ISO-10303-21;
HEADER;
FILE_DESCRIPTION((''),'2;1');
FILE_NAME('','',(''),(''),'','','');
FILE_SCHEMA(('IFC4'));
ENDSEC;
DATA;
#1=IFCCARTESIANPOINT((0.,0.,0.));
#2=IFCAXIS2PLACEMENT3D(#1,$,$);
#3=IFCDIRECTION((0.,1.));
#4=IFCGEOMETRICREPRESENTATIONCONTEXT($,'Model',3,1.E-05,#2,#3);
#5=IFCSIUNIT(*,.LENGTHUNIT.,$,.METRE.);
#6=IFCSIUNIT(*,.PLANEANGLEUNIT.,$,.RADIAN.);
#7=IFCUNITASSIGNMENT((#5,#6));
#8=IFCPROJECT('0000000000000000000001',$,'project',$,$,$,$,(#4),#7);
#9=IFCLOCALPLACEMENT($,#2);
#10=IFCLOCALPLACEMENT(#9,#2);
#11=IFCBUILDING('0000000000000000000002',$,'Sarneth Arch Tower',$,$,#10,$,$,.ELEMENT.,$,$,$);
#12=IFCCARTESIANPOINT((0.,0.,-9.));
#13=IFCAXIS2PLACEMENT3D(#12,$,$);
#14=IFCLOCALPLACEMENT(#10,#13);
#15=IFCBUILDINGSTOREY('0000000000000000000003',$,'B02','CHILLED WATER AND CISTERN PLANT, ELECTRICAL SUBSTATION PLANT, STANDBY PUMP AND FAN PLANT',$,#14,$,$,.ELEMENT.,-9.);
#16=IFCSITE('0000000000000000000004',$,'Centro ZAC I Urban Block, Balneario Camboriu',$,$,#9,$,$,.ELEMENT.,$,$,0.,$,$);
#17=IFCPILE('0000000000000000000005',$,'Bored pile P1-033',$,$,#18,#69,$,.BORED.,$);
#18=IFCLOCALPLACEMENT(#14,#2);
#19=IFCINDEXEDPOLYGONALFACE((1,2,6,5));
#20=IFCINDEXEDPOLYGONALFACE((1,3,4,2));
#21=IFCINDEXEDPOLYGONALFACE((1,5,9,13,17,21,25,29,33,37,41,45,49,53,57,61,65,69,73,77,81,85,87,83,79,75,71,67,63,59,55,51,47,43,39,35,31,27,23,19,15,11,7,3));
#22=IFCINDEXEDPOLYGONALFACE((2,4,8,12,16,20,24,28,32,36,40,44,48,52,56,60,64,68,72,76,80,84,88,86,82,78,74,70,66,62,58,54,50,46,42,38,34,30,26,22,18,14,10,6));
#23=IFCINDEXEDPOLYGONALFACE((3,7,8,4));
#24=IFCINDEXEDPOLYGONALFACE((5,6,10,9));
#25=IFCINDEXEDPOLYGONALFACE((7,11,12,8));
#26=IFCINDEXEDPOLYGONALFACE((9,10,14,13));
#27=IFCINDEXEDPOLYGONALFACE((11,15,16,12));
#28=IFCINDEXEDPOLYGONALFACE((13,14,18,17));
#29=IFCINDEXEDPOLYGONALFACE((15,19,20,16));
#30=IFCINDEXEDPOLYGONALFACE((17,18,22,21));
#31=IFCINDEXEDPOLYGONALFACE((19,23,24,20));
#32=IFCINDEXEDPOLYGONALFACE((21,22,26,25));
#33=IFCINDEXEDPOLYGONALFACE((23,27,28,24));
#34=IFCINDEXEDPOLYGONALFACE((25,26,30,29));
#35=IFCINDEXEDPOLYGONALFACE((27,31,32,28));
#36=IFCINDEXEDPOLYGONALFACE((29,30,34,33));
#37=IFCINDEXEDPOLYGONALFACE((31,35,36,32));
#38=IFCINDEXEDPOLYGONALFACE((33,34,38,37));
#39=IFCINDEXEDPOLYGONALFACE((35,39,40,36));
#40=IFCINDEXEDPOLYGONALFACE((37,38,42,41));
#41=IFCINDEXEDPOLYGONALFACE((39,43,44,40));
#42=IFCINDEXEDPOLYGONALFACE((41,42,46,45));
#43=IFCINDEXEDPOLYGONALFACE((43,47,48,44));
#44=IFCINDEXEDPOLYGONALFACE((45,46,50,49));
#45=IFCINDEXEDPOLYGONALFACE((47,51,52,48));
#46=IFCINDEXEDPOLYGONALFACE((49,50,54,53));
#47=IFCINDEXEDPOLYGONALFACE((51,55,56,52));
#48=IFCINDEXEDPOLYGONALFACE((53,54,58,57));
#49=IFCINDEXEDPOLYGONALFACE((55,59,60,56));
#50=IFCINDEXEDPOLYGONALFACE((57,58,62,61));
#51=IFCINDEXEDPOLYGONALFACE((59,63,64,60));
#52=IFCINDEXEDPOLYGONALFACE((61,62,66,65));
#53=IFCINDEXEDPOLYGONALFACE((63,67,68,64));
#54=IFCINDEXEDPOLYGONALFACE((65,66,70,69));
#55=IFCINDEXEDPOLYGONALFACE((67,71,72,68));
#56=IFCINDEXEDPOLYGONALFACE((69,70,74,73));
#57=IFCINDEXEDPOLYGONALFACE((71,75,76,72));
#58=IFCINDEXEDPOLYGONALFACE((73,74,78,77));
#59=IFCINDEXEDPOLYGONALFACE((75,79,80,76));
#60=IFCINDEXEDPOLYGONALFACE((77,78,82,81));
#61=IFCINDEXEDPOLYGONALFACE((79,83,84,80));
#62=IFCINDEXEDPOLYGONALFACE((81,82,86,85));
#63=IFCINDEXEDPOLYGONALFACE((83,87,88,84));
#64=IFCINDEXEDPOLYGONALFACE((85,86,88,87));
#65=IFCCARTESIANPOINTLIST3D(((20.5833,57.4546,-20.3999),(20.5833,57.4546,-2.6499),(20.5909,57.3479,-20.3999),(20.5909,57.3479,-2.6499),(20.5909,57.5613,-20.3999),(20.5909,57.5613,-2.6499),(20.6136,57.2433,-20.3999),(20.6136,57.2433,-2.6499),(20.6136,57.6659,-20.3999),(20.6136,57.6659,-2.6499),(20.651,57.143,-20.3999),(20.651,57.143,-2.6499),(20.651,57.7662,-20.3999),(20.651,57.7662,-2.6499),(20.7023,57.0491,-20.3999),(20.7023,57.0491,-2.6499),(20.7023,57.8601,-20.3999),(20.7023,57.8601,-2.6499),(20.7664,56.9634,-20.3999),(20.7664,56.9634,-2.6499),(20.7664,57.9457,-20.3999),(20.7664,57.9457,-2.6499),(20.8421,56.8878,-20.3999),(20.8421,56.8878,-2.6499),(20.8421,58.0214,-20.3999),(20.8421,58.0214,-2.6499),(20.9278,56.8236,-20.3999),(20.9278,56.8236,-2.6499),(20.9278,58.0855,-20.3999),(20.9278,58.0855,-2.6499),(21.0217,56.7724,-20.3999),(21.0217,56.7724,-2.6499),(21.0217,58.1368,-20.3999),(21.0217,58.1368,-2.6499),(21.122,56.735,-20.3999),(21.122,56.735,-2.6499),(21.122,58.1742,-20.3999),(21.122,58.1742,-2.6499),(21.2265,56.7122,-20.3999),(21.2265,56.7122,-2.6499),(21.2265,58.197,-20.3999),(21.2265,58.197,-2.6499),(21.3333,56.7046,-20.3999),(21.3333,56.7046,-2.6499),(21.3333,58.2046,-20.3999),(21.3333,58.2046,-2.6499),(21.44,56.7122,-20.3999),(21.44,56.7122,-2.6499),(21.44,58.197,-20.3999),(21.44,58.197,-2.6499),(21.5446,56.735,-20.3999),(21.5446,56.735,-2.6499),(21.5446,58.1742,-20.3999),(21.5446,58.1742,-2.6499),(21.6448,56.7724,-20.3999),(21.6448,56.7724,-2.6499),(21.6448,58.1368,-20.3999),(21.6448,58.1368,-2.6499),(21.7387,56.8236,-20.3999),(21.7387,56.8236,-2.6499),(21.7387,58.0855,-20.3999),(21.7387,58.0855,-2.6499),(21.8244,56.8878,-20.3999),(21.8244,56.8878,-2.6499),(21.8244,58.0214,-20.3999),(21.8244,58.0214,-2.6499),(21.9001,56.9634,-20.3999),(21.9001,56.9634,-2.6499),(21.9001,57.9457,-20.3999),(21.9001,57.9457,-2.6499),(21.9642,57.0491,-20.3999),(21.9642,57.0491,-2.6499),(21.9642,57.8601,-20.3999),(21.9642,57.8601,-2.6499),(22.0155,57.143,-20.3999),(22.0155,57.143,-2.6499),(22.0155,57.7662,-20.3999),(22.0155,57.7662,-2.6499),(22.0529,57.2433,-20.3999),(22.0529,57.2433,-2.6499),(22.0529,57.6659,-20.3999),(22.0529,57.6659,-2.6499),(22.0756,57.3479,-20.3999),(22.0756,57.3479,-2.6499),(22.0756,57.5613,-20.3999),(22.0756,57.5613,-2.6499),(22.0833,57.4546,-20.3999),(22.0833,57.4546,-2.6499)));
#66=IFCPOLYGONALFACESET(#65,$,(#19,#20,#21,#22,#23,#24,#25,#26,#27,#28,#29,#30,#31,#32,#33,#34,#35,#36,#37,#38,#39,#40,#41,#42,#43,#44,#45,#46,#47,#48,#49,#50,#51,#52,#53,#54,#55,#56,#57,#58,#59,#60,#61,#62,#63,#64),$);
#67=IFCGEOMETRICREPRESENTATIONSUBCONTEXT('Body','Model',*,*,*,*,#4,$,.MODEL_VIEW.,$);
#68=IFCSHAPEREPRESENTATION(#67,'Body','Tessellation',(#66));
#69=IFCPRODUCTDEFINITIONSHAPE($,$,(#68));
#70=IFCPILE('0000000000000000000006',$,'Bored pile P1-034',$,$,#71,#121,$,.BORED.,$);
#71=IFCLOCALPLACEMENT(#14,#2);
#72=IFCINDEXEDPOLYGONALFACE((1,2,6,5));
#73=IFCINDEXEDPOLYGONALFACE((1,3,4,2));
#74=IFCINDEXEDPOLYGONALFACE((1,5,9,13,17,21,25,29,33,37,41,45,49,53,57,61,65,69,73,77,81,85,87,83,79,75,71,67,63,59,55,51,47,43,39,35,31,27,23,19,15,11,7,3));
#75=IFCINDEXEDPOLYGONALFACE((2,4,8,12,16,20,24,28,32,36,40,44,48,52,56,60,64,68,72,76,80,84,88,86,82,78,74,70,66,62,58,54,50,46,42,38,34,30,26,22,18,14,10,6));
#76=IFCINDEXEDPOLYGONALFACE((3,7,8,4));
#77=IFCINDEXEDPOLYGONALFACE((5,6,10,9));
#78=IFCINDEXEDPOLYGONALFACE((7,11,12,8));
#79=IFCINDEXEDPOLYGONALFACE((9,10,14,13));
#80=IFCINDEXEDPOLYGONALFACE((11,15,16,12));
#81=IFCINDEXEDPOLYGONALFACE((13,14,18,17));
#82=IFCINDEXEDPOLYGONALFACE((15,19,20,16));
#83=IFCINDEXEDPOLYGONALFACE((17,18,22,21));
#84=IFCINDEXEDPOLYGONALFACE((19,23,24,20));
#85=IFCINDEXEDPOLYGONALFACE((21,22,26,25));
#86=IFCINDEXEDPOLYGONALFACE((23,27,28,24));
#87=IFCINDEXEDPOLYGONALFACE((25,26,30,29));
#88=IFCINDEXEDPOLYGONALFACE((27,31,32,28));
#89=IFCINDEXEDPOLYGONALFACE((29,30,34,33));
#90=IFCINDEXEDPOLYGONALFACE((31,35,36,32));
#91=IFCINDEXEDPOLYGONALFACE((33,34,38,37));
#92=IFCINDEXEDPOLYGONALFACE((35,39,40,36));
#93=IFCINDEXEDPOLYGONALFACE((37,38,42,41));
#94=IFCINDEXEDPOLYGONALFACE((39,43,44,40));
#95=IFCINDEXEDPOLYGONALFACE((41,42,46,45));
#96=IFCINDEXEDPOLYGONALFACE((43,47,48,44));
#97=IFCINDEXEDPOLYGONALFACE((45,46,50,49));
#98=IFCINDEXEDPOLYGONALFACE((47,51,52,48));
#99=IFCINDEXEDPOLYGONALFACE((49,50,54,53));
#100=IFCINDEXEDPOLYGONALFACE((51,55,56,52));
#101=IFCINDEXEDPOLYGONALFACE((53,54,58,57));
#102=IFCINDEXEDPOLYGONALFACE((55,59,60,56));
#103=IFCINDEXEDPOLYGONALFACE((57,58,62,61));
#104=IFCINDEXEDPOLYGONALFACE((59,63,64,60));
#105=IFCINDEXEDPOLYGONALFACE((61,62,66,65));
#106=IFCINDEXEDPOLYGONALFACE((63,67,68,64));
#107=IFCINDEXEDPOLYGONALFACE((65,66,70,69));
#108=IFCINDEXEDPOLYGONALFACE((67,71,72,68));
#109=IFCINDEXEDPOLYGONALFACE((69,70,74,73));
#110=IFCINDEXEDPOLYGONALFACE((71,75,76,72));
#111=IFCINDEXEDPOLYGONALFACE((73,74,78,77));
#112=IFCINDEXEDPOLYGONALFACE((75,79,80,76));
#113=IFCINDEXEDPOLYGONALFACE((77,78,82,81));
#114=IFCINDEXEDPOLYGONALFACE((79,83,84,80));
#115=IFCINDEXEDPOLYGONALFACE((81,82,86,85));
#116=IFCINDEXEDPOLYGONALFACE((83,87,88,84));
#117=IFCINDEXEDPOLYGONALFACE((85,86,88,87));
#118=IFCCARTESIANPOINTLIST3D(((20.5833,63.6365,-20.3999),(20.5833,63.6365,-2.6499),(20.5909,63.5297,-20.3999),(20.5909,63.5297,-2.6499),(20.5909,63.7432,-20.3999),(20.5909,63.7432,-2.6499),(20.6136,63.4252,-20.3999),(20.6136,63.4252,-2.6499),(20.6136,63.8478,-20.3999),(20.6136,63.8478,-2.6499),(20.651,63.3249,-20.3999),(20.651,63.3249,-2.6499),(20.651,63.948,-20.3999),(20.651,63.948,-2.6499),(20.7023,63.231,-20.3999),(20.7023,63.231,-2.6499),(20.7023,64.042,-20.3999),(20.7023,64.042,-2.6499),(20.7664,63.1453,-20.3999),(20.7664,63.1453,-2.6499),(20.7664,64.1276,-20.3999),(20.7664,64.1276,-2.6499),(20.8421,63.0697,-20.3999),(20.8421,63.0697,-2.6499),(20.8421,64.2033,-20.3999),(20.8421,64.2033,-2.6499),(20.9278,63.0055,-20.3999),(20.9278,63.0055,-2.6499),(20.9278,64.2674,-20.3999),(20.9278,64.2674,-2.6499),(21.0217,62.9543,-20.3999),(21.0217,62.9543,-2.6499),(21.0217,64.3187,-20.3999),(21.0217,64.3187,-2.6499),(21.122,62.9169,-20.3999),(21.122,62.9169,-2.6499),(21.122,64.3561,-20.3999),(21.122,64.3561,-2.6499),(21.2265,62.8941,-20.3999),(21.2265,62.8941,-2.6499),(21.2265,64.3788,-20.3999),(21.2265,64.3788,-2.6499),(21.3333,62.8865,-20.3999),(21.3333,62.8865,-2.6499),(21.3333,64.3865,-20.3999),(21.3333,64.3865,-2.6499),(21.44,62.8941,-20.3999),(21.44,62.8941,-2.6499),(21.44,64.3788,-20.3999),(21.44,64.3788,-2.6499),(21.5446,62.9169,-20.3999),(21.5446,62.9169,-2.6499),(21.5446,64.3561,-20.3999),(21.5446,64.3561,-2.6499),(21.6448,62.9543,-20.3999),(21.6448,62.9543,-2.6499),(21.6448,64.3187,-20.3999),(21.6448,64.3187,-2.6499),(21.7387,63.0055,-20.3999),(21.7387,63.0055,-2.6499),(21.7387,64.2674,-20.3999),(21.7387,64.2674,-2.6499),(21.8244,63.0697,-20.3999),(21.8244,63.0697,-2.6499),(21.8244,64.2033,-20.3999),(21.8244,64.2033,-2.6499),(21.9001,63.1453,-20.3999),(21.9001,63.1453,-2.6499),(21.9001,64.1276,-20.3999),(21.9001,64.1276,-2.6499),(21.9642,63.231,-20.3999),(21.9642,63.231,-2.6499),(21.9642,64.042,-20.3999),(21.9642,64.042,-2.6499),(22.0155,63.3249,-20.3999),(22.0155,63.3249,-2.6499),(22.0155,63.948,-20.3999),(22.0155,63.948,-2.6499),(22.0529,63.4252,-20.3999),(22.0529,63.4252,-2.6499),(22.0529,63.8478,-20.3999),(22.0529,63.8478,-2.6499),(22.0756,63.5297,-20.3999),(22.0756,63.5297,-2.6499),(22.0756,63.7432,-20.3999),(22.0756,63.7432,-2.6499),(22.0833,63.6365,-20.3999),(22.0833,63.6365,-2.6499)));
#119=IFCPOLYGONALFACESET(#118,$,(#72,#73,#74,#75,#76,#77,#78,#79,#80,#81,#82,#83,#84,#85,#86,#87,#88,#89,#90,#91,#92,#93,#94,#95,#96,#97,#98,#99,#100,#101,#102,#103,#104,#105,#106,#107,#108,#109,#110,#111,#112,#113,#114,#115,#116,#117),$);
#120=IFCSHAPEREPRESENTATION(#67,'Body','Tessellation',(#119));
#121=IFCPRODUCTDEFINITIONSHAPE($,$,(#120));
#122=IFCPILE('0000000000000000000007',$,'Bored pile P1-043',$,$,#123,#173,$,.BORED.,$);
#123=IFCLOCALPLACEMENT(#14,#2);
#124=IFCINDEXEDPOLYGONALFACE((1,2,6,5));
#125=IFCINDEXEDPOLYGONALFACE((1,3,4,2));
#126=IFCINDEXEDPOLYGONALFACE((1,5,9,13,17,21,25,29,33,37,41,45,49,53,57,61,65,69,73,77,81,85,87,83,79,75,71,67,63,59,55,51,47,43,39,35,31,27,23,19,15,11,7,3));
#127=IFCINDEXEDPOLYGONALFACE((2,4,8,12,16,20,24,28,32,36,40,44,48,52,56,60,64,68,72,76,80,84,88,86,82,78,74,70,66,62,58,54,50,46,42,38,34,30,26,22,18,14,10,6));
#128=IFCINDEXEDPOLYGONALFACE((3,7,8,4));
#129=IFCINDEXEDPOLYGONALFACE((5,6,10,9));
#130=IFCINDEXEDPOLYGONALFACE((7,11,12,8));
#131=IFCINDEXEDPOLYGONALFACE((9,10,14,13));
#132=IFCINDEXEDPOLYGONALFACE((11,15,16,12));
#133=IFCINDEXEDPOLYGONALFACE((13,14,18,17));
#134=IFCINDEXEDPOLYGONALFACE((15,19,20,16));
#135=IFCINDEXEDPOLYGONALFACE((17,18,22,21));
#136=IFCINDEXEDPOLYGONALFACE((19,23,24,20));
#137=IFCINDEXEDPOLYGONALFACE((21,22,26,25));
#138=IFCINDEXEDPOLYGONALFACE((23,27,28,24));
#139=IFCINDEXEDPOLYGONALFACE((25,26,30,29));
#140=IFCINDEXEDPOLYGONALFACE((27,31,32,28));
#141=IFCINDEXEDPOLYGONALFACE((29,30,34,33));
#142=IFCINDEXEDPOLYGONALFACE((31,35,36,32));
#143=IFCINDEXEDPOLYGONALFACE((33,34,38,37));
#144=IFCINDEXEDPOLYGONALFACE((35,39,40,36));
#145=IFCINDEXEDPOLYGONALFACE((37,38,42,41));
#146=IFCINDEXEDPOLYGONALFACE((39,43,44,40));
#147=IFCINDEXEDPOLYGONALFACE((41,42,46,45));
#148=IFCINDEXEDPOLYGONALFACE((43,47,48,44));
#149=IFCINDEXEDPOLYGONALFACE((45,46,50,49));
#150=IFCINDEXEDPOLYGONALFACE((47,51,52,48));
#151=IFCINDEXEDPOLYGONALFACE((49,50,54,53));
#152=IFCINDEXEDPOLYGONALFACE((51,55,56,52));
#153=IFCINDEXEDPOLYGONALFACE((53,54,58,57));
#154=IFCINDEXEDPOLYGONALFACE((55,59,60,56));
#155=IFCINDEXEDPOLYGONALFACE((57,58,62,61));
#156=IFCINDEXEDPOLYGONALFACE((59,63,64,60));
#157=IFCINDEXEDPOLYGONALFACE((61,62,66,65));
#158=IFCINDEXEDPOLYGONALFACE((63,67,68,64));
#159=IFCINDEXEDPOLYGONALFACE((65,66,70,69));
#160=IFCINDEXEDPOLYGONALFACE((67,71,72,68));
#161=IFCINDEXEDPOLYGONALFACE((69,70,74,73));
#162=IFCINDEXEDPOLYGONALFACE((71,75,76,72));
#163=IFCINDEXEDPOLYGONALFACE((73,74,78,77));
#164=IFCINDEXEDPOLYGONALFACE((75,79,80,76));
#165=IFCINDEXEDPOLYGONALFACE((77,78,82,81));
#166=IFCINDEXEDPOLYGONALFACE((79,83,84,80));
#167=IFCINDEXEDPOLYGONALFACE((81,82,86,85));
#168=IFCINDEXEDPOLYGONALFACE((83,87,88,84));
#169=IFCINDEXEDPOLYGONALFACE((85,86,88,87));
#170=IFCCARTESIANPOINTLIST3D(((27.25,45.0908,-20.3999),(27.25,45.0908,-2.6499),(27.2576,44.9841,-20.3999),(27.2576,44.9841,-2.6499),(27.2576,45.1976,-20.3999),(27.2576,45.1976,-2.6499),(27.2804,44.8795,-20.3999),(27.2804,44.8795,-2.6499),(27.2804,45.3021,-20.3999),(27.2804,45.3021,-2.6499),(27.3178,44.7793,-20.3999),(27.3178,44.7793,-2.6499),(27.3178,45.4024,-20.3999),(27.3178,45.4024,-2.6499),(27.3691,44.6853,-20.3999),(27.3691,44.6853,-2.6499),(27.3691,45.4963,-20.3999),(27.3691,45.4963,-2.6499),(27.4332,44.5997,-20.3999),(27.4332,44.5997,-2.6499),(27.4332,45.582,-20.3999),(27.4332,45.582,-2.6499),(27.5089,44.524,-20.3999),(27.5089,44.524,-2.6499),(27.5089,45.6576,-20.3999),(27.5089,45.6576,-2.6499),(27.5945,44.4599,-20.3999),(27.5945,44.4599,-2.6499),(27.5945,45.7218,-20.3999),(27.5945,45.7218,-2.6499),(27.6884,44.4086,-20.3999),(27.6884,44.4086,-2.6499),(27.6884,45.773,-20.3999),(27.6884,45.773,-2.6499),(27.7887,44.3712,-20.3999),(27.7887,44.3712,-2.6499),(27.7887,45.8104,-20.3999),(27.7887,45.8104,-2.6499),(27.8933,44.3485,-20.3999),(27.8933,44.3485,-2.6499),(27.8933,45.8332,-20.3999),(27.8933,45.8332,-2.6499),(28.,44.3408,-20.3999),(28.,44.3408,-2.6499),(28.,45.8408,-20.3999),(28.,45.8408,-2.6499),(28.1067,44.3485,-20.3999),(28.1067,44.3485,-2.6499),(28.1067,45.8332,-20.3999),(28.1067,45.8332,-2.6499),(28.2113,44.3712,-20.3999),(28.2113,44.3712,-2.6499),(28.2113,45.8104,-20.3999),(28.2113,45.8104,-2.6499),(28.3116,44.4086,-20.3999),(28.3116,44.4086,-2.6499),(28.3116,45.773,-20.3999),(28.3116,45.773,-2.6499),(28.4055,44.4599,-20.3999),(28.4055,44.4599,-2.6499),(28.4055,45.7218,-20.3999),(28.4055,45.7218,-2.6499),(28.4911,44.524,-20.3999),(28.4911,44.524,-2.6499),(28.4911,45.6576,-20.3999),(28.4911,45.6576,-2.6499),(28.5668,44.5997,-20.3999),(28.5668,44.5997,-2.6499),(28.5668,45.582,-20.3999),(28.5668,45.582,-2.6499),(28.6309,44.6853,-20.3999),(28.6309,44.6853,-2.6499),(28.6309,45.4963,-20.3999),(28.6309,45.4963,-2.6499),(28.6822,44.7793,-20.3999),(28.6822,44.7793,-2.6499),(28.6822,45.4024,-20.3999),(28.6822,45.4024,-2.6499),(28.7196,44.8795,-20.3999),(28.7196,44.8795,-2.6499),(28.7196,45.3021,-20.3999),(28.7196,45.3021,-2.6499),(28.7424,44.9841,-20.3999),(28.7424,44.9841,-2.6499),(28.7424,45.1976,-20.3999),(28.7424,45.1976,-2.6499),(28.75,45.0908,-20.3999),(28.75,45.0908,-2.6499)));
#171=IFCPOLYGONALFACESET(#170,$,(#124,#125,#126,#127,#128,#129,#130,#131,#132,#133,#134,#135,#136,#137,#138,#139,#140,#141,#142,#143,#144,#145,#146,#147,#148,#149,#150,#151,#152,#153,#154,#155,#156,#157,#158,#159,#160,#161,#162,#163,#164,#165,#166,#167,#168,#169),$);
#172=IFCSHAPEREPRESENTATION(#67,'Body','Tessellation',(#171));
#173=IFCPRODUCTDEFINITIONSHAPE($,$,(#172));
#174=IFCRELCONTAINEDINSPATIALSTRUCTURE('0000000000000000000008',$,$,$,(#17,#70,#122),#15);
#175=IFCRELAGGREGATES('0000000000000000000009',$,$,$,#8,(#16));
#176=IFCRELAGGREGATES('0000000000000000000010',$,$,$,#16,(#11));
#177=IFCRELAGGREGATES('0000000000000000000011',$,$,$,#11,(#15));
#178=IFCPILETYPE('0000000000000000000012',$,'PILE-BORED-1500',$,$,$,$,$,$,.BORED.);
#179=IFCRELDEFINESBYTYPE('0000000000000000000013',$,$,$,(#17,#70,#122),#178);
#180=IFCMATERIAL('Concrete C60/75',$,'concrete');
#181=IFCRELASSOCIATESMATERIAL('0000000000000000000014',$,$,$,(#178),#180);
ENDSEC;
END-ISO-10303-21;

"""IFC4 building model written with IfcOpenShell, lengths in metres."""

from ifc_helpers import new_model, si_unit, direction, frame, origin, origin_2d, place, context, subcontext, project, spatial, circle, extrude, material, material_profile, profile_set, type_object, element, save


model = new_model("IFC4")

# Units and contexts
model_context = context("Model", 3, precision=1e-05, world=origin(), true_north=direction((0.0, 1.0)))
body_context = subcontext(model_context, "Body", "Model", "MODEL_VIEW")
ifc_project = project(units=[si_unit("LENGTHUNIT", "METRE"), si_unit("PLANEANGLEUNIT", "RADIAN")], contexts=[model_context])

# Site, building, storey
site_placement = place(None, origin())
site = spatial("IfcSite", under=ifc_project, at=site_placement, Name="Centro ZAC I Urban Block, Balneario Camboriu", CompositionType="ELEMENT", RefElevation=0.0)
building_placement = place(site_placement, origin())
building = spatial("IfcBuilding", under=site, at=building_placement, Name="Sarneth Arch Tower", CompositionType="ELEMENT")
storey_placement = place(building_placement, frame((0.0, 0.0, -9.0)))
storey = spatial("IfcBuildingStorey", under=building, at=storey_placement, Name="B02", Description="CHILLED WATER AND CISTERN PLANT, ELECTRICAL SUBSTATION PLANT, STANDBY PUMP AND FAN PLANT", CompositionType="ELEMENT", Elevation=-9.0)

# Piles
ifc_material_1 = material(Name="Concrete C60/75", Category="concrete")
ifc_material_profile_1 = material_profile(ifc_material_1, circle(Radius=0.75, at=origin_2d()), Name="PILE-D1500")
ifc_profile_set_1 = profile_set([ifc_material_profile_1], Name="Concrete C60/75")
pile_type_1 = type_object("IfcPileType", Name="PILE-BORED-1500", PredefinedType="BORED", material=ifc_profile_set_1)
for number, where, z_axis, x_axis, name in (
    (1, (21.3333, 57.4546, -2.6499), (0.0, 0.0, -1.0), (1.0, 0.0, 0.0), "Bored pile P1-033"),
    (2, (21.3333, 63.6365, -2.6499), (0.0, 0.0, -1.0), (1.0, 0.0, 0.0), "Bored pile P1-034"),
    (3, (28.0, 45.0908, -2.6499), (0.0, 0.0, -1.0), (1.0, 0.0, 0.0), "Bored pile P1-043"),
):
    element("IfcPile", number, at=place(storey_placement, frame(where, z_axis=z_axis, x_axis=x_axis)), inside=storey, type_object=pile_type_1, Name=name, PredefinedType="BORED", context=body_context, shape_type="SweptSolid", body=[
        extrude(circle(Radius=0.75, at=origin_2d()), origin(), (0.0, 0.0, 1.0), 17.75),
    ])

save(model, "model.ifc")
